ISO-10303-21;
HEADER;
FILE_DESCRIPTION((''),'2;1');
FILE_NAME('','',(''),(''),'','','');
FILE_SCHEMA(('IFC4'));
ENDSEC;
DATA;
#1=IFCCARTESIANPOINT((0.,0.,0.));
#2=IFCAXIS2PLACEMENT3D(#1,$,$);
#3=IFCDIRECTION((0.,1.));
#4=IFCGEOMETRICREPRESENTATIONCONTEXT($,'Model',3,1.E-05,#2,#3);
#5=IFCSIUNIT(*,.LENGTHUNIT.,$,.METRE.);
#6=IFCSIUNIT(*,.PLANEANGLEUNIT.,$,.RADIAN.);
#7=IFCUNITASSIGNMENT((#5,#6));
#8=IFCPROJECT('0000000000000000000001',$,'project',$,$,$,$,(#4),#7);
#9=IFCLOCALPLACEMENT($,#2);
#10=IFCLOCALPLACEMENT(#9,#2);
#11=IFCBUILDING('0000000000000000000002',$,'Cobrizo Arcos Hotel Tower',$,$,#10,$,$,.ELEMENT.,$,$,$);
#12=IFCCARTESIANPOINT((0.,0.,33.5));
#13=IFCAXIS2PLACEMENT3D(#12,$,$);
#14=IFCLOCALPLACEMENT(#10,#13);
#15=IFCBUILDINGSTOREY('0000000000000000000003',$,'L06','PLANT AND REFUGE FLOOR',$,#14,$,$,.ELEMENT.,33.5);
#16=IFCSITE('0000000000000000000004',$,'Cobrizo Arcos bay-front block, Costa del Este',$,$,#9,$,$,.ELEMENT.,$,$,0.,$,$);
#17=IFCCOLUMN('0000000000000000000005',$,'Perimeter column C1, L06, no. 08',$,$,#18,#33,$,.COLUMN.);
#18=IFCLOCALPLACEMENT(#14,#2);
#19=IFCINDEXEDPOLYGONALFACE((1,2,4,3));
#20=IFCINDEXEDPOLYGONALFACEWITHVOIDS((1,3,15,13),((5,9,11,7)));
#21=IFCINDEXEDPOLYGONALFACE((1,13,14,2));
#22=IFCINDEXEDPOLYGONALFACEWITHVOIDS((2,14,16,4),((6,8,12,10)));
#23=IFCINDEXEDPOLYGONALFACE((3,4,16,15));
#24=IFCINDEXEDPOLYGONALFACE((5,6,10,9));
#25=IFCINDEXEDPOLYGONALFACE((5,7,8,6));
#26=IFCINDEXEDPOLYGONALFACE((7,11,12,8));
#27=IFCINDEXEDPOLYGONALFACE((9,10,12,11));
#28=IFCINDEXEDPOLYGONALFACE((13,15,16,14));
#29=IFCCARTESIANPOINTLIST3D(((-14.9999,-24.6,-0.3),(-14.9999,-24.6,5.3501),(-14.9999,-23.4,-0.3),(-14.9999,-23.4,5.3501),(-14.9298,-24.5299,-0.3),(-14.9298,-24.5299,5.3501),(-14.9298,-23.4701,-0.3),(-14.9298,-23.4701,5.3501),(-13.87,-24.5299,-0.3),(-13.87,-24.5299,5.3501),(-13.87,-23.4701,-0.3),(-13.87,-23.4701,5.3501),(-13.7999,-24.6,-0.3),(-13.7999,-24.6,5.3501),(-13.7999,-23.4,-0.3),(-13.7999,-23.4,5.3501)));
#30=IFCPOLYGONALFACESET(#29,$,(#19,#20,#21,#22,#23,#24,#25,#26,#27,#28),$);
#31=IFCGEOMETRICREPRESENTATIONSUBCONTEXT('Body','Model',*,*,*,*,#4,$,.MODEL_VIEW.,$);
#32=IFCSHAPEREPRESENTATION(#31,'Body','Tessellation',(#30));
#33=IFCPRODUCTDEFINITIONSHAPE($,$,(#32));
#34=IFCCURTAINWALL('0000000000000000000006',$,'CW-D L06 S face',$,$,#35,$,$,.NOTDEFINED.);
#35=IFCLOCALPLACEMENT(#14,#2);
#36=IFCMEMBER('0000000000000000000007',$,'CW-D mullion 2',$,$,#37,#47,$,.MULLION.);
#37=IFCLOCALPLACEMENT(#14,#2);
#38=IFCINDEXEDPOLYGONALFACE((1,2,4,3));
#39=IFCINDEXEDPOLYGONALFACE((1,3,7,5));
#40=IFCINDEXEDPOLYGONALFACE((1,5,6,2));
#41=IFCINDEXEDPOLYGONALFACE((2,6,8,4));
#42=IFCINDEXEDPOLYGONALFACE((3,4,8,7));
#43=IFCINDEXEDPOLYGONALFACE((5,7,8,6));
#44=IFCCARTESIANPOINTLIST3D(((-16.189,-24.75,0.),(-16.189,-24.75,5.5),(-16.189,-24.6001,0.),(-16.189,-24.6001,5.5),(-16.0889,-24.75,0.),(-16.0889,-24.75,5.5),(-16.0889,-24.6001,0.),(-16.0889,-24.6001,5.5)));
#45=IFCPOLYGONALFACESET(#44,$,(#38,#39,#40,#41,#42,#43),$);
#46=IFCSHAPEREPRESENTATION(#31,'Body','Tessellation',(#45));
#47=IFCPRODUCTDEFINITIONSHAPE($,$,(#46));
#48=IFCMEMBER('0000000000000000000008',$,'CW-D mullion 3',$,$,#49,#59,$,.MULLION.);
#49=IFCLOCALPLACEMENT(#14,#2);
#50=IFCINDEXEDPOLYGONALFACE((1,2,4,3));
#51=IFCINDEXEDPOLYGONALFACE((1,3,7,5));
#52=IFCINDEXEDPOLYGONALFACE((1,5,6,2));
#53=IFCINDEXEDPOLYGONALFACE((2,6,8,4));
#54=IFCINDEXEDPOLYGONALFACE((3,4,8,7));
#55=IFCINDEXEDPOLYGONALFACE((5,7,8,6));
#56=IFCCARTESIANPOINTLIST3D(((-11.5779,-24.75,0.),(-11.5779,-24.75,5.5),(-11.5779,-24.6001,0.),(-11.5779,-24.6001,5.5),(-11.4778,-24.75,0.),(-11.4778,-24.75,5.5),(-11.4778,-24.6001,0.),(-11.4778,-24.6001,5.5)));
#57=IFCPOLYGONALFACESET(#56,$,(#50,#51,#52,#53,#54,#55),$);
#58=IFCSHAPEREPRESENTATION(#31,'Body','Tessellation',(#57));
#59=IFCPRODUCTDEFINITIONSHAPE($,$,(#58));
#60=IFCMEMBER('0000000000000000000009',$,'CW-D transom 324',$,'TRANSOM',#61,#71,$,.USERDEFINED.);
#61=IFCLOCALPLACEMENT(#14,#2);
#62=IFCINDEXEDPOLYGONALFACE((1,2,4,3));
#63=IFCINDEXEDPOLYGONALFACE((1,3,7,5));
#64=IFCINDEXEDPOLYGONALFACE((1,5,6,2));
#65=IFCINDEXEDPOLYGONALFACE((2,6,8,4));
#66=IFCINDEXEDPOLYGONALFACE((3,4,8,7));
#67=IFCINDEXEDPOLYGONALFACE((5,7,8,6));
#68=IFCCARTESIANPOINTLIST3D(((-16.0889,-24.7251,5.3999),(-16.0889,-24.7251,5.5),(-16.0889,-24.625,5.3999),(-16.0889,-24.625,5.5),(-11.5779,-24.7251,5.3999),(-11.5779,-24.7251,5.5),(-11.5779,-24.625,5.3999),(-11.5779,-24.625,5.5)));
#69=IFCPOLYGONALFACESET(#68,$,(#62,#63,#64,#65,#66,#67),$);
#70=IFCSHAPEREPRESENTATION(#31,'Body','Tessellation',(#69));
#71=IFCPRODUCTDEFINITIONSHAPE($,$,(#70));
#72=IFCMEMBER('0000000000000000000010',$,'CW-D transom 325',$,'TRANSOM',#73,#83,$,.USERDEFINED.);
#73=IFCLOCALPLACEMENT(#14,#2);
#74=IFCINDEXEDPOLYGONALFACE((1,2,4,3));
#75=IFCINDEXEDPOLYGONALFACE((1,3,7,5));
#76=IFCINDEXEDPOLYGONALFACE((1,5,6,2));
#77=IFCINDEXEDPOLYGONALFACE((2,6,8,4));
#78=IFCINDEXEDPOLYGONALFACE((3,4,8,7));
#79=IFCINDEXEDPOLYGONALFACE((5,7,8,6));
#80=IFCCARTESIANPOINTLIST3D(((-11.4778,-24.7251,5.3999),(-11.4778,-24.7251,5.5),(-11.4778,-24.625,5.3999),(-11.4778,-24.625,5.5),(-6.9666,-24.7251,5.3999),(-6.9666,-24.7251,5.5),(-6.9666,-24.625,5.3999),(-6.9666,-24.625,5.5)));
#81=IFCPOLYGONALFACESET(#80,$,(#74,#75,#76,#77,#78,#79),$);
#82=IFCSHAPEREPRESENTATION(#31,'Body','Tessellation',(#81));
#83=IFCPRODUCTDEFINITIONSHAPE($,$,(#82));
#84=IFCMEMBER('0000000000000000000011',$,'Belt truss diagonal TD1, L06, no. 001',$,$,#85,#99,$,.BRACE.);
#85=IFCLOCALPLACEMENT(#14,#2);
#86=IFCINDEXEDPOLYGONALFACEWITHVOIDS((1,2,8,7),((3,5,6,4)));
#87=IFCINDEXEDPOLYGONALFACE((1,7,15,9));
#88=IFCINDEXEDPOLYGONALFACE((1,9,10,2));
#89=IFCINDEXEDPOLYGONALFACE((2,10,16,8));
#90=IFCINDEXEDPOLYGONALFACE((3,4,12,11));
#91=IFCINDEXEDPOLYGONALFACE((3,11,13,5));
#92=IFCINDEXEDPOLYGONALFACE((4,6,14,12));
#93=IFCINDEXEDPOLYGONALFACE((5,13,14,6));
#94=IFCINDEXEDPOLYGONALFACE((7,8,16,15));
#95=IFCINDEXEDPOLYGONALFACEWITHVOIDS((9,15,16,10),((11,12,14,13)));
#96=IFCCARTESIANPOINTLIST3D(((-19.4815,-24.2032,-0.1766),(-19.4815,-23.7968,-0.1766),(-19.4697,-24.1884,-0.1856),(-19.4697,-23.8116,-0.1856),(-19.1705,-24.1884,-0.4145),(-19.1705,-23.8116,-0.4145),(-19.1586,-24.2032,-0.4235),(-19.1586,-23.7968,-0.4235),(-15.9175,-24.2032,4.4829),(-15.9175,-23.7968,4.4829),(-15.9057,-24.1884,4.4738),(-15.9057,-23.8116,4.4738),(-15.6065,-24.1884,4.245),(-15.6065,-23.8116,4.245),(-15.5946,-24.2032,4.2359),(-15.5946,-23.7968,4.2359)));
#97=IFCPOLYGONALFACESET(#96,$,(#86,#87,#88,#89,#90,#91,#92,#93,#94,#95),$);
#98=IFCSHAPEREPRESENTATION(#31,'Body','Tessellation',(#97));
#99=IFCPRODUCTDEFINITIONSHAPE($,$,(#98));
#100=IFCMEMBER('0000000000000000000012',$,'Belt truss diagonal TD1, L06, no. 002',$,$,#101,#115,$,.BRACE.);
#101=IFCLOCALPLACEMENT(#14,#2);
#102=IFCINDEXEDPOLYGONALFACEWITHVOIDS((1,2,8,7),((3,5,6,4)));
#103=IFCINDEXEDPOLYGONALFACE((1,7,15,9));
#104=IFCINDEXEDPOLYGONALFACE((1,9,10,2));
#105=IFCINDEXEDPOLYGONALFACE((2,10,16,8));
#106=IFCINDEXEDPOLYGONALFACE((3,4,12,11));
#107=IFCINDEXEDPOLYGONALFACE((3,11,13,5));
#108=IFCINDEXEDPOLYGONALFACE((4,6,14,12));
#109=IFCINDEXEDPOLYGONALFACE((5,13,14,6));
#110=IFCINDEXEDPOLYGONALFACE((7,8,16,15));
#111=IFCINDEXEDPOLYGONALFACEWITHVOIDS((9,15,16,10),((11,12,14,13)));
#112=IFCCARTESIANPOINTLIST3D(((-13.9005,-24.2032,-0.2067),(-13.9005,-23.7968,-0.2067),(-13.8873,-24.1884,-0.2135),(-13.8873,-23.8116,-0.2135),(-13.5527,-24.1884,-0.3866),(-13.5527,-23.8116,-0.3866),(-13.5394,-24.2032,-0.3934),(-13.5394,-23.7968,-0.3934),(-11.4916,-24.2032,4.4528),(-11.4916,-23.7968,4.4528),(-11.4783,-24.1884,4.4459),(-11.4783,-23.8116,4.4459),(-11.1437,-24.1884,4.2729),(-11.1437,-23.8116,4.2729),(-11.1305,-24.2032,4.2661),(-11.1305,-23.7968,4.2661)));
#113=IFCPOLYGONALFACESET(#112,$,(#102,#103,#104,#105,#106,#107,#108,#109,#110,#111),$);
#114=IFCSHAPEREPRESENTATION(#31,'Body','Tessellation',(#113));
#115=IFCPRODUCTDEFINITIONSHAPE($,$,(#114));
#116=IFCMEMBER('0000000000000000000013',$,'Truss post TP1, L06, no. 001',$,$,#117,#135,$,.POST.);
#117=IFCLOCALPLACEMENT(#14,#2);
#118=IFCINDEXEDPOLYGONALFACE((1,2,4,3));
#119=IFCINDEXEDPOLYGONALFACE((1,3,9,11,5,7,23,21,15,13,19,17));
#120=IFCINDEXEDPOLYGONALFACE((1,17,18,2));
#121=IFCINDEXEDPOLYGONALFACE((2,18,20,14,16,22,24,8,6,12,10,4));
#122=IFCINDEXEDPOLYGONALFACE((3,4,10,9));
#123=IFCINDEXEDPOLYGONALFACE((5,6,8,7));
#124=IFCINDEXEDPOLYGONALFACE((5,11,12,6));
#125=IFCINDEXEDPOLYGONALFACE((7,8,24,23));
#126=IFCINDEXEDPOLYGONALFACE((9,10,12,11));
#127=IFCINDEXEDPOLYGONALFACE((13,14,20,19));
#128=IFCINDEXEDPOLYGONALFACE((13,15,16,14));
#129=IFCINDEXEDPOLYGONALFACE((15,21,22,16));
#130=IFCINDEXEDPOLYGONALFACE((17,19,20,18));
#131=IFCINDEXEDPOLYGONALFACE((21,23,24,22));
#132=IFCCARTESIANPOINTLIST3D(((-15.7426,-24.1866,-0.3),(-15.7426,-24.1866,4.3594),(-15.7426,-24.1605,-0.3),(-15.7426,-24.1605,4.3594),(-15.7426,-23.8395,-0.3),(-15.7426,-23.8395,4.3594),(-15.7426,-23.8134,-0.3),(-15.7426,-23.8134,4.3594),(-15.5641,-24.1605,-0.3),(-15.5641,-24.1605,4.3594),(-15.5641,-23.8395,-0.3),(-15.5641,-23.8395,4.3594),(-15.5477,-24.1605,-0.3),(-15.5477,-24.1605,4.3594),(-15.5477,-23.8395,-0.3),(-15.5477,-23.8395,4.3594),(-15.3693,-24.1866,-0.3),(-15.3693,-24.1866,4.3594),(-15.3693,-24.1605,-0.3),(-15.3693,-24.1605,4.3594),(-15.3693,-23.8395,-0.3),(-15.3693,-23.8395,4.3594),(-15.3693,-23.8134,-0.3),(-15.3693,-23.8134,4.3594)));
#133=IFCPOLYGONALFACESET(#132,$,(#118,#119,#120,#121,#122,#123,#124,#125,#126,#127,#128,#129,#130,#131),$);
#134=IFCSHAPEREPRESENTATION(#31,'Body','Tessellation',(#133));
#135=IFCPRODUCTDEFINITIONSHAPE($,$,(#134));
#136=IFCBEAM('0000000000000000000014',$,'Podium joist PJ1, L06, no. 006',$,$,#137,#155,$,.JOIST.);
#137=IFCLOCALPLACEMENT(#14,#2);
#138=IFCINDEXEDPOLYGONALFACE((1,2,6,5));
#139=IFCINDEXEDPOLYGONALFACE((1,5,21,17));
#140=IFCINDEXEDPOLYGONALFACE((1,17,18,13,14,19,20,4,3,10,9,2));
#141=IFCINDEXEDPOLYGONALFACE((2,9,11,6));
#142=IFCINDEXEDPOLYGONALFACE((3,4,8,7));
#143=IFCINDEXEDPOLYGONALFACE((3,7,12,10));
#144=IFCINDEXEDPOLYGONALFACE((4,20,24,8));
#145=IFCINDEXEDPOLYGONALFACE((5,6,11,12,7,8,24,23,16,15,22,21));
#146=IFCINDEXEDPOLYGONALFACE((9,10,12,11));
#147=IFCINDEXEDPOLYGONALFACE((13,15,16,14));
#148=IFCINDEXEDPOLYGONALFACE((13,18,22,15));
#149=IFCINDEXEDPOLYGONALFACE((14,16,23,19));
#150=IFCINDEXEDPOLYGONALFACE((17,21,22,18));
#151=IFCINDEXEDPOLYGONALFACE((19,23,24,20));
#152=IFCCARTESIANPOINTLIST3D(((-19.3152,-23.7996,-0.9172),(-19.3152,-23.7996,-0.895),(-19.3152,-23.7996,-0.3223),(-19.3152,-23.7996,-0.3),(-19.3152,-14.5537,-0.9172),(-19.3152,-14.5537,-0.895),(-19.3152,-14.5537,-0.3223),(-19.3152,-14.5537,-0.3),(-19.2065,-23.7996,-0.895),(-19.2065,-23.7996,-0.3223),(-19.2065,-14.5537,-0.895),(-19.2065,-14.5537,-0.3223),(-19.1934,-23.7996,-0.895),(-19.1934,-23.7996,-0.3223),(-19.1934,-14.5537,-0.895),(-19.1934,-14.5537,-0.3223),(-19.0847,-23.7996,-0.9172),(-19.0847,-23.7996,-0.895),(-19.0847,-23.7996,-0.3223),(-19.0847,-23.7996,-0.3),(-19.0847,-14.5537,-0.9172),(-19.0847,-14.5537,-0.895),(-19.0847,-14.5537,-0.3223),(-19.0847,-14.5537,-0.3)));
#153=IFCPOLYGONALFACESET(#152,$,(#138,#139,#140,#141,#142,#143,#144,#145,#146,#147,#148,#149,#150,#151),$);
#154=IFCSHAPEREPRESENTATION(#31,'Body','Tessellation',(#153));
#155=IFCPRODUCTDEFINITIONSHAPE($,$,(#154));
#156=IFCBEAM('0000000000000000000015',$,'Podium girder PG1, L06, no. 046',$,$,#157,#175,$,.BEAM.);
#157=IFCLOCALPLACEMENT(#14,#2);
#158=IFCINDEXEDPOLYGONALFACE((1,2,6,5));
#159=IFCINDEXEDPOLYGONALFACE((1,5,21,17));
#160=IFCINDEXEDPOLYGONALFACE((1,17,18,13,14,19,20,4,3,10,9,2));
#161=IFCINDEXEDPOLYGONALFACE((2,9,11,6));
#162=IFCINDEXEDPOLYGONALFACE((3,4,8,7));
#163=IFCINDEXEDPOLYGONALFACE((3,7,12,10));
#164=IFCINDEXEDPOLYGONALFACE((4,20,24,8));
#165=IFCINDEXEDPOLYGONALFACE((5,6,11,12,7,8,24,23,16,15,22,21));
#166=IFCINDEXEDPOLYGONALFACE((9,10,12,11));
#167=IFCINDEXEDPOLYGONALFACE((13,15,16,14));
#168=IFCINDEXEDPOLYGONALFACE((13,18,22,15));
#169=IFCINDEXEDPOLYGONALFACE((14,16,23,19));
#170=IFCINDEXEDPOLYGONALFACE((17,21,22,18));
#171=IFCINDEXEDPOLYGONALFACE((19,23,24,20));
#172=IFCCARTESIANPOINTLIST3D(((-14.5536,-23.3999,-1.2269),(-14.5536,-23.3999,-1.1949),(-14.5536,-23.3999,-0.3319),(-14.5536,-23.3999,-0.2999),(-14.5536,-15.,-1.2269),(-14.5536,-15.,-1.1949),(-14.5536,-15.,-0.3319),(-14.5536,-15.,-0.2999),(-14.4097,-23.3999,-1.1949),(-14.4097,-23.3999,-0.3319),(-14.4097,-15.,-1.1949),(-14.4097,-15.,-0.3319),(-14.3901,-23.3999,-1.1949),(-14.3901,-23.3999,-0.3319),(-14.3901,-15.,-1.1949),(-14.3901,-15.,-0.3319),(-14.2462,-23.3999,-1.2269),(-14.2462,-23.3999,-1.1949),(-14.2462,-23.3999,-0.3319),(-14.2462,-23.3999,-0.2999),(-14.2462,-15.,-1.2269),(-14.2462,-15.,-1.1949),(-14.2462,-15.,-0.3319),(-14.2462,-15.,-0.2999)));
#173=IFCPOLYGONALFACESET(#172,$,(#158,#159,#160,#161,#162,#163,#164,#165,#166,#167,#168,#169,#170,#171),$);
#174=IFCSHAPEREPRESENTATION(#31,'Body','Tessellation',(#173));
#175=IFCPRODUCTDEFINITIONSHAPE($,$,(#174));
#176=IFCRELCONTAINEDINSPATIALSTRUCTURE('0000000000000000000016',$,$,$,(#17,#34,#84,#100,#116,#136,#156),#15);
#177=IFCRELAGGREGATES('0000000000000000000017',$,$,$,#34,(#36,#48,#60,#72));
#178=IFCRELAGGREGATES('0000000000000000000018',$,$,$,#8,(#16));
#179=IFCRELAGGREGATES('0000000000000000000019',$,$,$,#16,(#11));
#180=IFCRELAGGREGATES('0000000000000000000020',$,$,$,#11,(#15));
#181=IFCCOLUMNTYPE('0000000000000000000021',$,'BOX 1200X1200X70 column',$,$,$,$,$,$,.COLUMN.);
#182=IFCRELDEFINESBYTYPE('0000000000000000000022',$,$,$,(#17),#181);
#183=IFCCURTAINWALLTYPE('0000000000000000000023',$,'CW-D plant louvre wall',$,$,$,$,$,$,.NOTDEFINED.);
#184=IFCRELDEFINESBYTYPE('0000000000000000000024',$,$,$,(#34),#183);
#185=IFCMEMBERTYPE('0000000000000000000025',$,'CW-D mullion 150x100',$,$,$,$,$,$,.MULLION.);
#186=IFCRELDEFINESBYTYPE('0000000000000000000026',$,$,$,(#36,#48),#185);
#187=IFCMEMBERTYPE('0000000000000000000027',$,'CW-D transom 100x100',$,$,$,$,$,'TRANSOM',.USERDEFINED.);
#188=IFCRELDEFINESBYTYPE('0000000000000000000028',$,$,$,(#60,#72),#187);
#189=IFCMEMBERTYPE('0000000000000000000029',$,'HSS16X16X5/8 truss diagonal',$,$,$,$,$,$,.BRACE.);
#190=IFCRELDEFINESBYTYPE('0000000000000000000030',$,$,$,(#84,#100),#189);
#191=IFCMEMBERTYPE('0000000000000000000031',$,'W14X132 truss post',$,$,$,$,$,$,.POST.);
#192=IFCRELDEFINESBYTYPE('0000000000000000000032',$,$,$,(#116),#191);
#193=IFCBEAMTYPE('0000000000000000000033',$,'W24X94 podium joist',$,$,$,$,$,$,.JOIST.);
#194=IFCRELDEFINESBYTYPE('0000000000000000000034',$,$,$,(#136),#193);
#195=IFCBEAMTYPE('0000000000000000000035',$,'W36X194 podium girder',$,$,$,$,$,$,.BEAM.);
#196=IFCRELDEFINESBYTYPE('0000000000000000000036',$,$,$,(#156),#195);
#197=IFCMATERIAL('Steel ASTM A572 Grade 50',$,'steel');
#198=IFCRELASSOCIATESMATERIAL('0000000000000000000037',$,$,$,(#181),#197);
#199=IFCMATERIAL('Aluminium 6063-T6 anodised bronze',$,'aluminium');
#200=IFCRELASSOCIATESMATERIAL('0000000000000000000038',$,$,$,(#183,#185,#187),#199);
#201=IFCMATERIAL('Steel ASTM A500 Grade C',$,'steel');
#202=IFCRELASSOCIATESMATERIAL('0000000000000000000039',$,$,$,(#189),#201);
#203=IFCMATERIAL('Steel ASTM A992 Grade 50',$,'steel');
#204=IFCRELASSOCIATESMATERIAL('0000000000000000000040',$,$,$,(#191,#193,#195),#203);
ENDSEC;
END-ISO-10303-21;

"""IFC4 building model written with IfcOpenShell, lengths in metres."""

from ifc_helpers import new_model, si_unit, direction, frame, origin, origin_2d, place, context, subcontext, project, spatial, rectangle, hollow_rectangle, i_section, extrude, material, material_profile, profile_set, type_object, element, aggregate, save


model = new_model("IFC4")

# Units and contexts
model_context = context("Model", 3, precision=1e-05, world=origin(), true_north=direction((0.0, 1.0)))
body_context = subcontext(model_context, "Body", "Model", "MODEL_VIEW")
ifc_project = project(units=[si_unit("LENGTHUNIT", "METRE"), si_unit("PLANEANGLEUNIT", "RADIAN")], contexts=[model_context])

# Site, building, storey
site_placement = place(None, origin())
site = spatial("IfcSite", under=ifc_project, at=site_placement, Name="Cobrizo Arcos bay-front block, Costa del Este", CompositionType="ELEMENT", RefElevation=0.0)
building_placement = place(site_placement, origin())
building = spatial("IfcBuilding", under=site, at=building_placement, Name="Cobrizo Arcos Hotel Tower", CompositionType="ELEMENT")
storey_placement = place(building_placement, frame((0.0, 0.0, 33.5)))
storey = spatial("IfcBuildingStorey", under=building, at=storey_placement, Name="L06", Description="PLANT AND REFUGE FLOOR", CompositionType="ELEMENT", Elevation=33.5)

# Column
ifc_material_1 = material(Name="Steel ASTM A572 Grade 50", Category="steel")
ifc_material_profile_1 = material_profile(ifc_material_1, hollow_rectangle(XDim=1.2, YDim=1.2, WallThickness=0.0701, at=origin_2d()), Name="BOX 1200X1200X70")
ifc_profile_set_1 = profile_set([ifc_material_profile_1], Name="Steel ASTM A572 Grade 50")
column_type = type_object("IfcColumnType", Name="BOX 1200X1200X70 column", PredefinedType="COLUMN", material=ifc_profile_set_1)
column_placement = place(storey_placement, frame((-14.3999, -24.0, -0.3), z_axis=(0.0, 0.0, 1.0), x_axis=(1.0, 0.0, 0.0)))
element("IfcColumn", 1, at=column_placement, inside=storey, type_object=column_type, Name="Perimeter column C1, L06, no. 08", PredefinedType="COLUMN", context=body_context, shape_type="SweptSolid", body=[
    extrude(hollow_rectangle(XDim=1.2, YDim=1.2, WallThickness=0.0701, at=origin_2d()), origin(), (0.0, 0.0, 1.0), 5.6501),
])

# Curtain wall, members
ifc_material_2 = material(Name="Aluminium 6063-T6 anodised bronze", Category="aluminium")
curtain_wall_type = type_object("IfcCurtainWallType", Name="CW-D plant louvre wall", PredefinedType="NOTDEFINED", material=ifc_material_2)
curtain_wall_placement = place(storey_placement, origin())
curtain_wall = element("IfcCurtainWall", 2, at=curtain_wall_placement, inside=storey, type_object=curtain_wall_type, Name="CW-D L06 S face", PredefinedType="NOTDEFINED")
ifc_material_profile_2 = material_profile(ifc_material_2, rectangle(XDim=0.1499, YDim=0.1001, at=origin_2d()), Name="CW-D mullion 150x100")
ifc_profile_set_2 = profile_set([ifc_material_profile_2], Name="Aluminium 6063-T6 anodised bronze")
member_type_1 = type_object("IfcMemberType", Name="CW-D mullion 150x100", PredefinedType="MULLION", material=ifc_profile_set_2)
member_1_placement = place(storey_placement, frame((-16.1389, -24.675, 0.0), z_axis=(0.0, 0.0, 1.0), x_axis=(0.0, -1.0, 0.0)))
member_1 = element("IfcMember", 3, at=member_1_placement, type_object=member_type_1, Name="CW-D mullion 2", PredefinedType="MULLION", context=body_context, shape_type="SweptSolid", body=[
    extrude(rectangle(XDim=0.1499, YDim=0.1001, at=origin_2d()), origin(), (0.0, 0.0, 1.0), 5.5),
])
member_2_placement = place(storey_placement, frame((-11.5278, -24.675, 0.0), z_axis=(0.0, 0.0, 1.0), x_axis=(0.0, -1.0, 0.0)))
member_2 = element("IfcMember", 4, at=member_2_placement, type_object=member_type_1, Name="CW-D mullion 3", PredefinedType="MULLION", context=body_context, shape_type="SweptSolid", body=[
    extrude(rectangle(XDim=0.1499, YDim=0.1001, at=origin_2d()), origin(), (0.0, 0.0, 1.0), 5.5),
])
ifc_material_profile_3 = material_profile(ifc_material_2, rectangle(XDim=0.1001, YDim=0.1001, at=origin_2d()), Name="CW-D transom 100x100")
ifc_profile_set_3 = profile_set([ifc_material_profile_3], Name="Aluminium 6063-T6 anodised bronze")
member_type_2 = type_object("IfcMemberType", Name="CW-D transom 100x100", ElementType="TRANSOM", PredefinedType="USERDEFINED", material=ifc_profile_set_3)
member_3_placement = place(storey_placement, frame((-16.0889, -24.675, 5.45), z_axis=(1.0, 0.0, 0.0), x_axis=(0.0, 1.0, 0.0)))
member_3 = element("IfcMember", 5, at=member_3_placement, type_object=member_type_2, Name="CW-D transom 324", ObjectType="TRANSOM", PredefinedType="USERDEFINED", context=body_context, shape_type="SweptSolid", body=[
    extrude(rectangle(XDim=0.1001, YDim=0.1001, at=origin_2d()), origin(), (0.0, 0.0, 1.0), 4.511),
])
member_4_placement = place(storey_placement, frame((-11.4778, -24.675, 5.45), z_axis=(1.0, 0.0, 0.0), x_axis=(0.0, 1.0, 0.0)))
member_4 = element("IfcMember", 6, at=member_4_placement, type_object=member_type_2, Name="CW-D transom 325", ObjectType="TRANSOM", PredefinedType="USERDEFINED", context=body_context, shape_type="SweptSolid", body=[
    extrude(rectangle(XDim=0.1001, YDim=0.1001, at=origin_2d()), origin(), (0.0, 0.0, 1.0), 4.5112),
])

# Members
ifc_material_3 = material(Name="Steel ASTM A500 Grade C", Category="steel")
ifc_material_profile_4 = material_profile(ifc_material_3, hollow_rectangle(XDim=0.4065, YDim=0.4065, WallThickness=0.0149, at=origin_2d()), Name="HSS16X16X5/8")
ifc_profile_set_4 = profile_set([ifc_material_profile_4], Name="Steel ASTM A500 Grade C")
member_type_3 = type_object("IfcMemberType", Name="HSS16X16X5/8 truss diagonal", PredefinedType="BRACE", material=ifc_profile_set_4)
member_5_placement = place(storey_placement, frame((-19.3201, -24.0, -0.3), z_axis=(0.607544, 0.0, 0.794286), x_axis=(0.0, 1.0, 0.0)))
element("IfcMember", 7, at=member_5_placement, inside=storey, type_object=member_type_3, Name="Belt truss diagonal TD1, L06, no. 001", PredefinedType="BRACE", context=body_context, shape_type="SweptSolid", body=[
    extrude(hollow_rectangle(XDim=0.4065, YDim=0.4065, WallThickness=0.0149, at=origin_2d()), origin(), (0.0, 0.0, 1.0), 5.8662),
])
member_6_placement = place(storey_placement, frame((-13.72, -24.0, -0.3), z_axis=(0.459256, 0.0, 0.888304), x_axis=(0.0, 1.0, 0.0)))
element("IfcMember", 8, at=member_6_placement, inside=storey, type_object=member_type_3, Name="Belt truss diagonal TD1, L06, no. 002", PredefinedType="BRACE", context=body_context, shape_type="SweptSolid", body=[
    extrude(hollow_rectangle(XDim=0.4065, YDim=0.4065, WallThickness=0.0149, at=origin_2d()), origin(), (0.0, 0.0, 1.0), 5.2454),
])
ifc_material_4 = material(Name="Steel ASTM A992 Grade 50", Category="steel")
ifc_material_profile_5 = material_profile(ifc_material_4, i_section(OverallWidth=0.3733, OverallDepth=0.3733, WebThickness=0.0164, FlangeThickness=0.0261, at=origin_2d()), Name="W14X132")
ifc_profile_set_5 = profile_set([ifc_material_profile_5], Name="Steel ASTM A992 Grade 50")
member_type_4 = type_object("IfcMemberType", Name="W14X132 truss post", PredefinedType="POST", material=ifc_profile_set_5)
member_7_placement = place(storey_placement, frame((-15.5559, -24.0, -0.3), z_axis=(0.0, 0.0, 1.0), x_axis=(1.0, 0.0, 0.0)))
element("IfcMember", 9, at=member_7_placement, inside=storey, type_object=member_type_4, Name="Truss post TP1, L06, no. 001", PredefinedType="POST", context=body_context, shape_type="SweptSolid", body=[
    extrude(i_section(OverallWidth=0.3733, OverallDepth=0.3733, WebThickness=0.0164, FlangeThickness=0.0261, at=origin_2d()), origin(), (0.0, 0.0, 1.0), 4.6594),
])

# Beams
ifc_material_profile_6 = material_profile(ifc_material_4, i_section(OverallWidth=0.2305, OverallDepth=0.6172, WebThickness=0.0132, FlangeThickness=0.0222, at=origin_2d()), Name="W24X94")
ifc_profile_set_6 = profile_set([ifc_material_profile_6], Name="Steel ASTM A992 Grade 50")
beam_type_1 = type_object("IfcBeamType", Name="W24X94 podium joist", PredefinedType="JOIST", material=ifc_profile_set_6)
beam_1_placement = place(storey_placement, frame((-19.2, -23.7996, -0.6086), z_axis=(0.0, 1.0, 0.0), x_axis=(-1.0, 0.0, 0.0)))
element("IfcBeam", 10, at=beam_1_placement, inside=storey, type_object=beam_type_1, Name="Podium joist PJ1, L06, no. 006", PredefinedType="JOIST", context=body_context, shape_type="SweptSolid", body=[
    extrude(i_section(OverallWidth=0.2305, OverallDepth=0.6172, WebThickness=0.0132, FlangeThickness=0.0222, at=origin_2d()), origin(), (0.0, 0.0, 1.0), 9.2458),
])
ifc_material_profile_7 = material_profile(ifc_material_4, i_section(OverallWidth=0.3074, OverallDepth=0.927, WebThickness=0.0195, FlangeThickness=0.032, at=origin_2d()), Name="W36X194")
ifc_profile_set_7 = profile_set([ifc_material_profile_7], Name="Steel ASTM A992 Grade 50")
beam_type_2 = type_object("IfcBeamType", Name="W36X194 podium girder", PredefinedType="BEAM", material=ifc_profile_set_7)
beam_2_placement = place(storey_placement, frame((-14.3999, -23.3999, -0.7634), z_axis=(0.0, 1.0, 0.0), x_axis=(-1.0, 0.0, 0.0)))
element("IfcBeam", 11, at=beam_2_placement, inside=storey, type_object=beam_type_2, Name="Podium girder PG1, L06, no. 046", PredefinedType="BEAM", context=body_context, shape_type="SweptSolid", body=[
    extrude(i_section(OverallWidth=0.3074, OverallDepth=0.927, WebThickness=0.0195, FlangeThickness=0.032, at=origin_2d()), origin(), (0.0, 0.0, 1.0), 8.3999),
])

aggregate(curtain_wall, [member_1, member_2, member_3, member_4])

save(model, "model.ifc")
